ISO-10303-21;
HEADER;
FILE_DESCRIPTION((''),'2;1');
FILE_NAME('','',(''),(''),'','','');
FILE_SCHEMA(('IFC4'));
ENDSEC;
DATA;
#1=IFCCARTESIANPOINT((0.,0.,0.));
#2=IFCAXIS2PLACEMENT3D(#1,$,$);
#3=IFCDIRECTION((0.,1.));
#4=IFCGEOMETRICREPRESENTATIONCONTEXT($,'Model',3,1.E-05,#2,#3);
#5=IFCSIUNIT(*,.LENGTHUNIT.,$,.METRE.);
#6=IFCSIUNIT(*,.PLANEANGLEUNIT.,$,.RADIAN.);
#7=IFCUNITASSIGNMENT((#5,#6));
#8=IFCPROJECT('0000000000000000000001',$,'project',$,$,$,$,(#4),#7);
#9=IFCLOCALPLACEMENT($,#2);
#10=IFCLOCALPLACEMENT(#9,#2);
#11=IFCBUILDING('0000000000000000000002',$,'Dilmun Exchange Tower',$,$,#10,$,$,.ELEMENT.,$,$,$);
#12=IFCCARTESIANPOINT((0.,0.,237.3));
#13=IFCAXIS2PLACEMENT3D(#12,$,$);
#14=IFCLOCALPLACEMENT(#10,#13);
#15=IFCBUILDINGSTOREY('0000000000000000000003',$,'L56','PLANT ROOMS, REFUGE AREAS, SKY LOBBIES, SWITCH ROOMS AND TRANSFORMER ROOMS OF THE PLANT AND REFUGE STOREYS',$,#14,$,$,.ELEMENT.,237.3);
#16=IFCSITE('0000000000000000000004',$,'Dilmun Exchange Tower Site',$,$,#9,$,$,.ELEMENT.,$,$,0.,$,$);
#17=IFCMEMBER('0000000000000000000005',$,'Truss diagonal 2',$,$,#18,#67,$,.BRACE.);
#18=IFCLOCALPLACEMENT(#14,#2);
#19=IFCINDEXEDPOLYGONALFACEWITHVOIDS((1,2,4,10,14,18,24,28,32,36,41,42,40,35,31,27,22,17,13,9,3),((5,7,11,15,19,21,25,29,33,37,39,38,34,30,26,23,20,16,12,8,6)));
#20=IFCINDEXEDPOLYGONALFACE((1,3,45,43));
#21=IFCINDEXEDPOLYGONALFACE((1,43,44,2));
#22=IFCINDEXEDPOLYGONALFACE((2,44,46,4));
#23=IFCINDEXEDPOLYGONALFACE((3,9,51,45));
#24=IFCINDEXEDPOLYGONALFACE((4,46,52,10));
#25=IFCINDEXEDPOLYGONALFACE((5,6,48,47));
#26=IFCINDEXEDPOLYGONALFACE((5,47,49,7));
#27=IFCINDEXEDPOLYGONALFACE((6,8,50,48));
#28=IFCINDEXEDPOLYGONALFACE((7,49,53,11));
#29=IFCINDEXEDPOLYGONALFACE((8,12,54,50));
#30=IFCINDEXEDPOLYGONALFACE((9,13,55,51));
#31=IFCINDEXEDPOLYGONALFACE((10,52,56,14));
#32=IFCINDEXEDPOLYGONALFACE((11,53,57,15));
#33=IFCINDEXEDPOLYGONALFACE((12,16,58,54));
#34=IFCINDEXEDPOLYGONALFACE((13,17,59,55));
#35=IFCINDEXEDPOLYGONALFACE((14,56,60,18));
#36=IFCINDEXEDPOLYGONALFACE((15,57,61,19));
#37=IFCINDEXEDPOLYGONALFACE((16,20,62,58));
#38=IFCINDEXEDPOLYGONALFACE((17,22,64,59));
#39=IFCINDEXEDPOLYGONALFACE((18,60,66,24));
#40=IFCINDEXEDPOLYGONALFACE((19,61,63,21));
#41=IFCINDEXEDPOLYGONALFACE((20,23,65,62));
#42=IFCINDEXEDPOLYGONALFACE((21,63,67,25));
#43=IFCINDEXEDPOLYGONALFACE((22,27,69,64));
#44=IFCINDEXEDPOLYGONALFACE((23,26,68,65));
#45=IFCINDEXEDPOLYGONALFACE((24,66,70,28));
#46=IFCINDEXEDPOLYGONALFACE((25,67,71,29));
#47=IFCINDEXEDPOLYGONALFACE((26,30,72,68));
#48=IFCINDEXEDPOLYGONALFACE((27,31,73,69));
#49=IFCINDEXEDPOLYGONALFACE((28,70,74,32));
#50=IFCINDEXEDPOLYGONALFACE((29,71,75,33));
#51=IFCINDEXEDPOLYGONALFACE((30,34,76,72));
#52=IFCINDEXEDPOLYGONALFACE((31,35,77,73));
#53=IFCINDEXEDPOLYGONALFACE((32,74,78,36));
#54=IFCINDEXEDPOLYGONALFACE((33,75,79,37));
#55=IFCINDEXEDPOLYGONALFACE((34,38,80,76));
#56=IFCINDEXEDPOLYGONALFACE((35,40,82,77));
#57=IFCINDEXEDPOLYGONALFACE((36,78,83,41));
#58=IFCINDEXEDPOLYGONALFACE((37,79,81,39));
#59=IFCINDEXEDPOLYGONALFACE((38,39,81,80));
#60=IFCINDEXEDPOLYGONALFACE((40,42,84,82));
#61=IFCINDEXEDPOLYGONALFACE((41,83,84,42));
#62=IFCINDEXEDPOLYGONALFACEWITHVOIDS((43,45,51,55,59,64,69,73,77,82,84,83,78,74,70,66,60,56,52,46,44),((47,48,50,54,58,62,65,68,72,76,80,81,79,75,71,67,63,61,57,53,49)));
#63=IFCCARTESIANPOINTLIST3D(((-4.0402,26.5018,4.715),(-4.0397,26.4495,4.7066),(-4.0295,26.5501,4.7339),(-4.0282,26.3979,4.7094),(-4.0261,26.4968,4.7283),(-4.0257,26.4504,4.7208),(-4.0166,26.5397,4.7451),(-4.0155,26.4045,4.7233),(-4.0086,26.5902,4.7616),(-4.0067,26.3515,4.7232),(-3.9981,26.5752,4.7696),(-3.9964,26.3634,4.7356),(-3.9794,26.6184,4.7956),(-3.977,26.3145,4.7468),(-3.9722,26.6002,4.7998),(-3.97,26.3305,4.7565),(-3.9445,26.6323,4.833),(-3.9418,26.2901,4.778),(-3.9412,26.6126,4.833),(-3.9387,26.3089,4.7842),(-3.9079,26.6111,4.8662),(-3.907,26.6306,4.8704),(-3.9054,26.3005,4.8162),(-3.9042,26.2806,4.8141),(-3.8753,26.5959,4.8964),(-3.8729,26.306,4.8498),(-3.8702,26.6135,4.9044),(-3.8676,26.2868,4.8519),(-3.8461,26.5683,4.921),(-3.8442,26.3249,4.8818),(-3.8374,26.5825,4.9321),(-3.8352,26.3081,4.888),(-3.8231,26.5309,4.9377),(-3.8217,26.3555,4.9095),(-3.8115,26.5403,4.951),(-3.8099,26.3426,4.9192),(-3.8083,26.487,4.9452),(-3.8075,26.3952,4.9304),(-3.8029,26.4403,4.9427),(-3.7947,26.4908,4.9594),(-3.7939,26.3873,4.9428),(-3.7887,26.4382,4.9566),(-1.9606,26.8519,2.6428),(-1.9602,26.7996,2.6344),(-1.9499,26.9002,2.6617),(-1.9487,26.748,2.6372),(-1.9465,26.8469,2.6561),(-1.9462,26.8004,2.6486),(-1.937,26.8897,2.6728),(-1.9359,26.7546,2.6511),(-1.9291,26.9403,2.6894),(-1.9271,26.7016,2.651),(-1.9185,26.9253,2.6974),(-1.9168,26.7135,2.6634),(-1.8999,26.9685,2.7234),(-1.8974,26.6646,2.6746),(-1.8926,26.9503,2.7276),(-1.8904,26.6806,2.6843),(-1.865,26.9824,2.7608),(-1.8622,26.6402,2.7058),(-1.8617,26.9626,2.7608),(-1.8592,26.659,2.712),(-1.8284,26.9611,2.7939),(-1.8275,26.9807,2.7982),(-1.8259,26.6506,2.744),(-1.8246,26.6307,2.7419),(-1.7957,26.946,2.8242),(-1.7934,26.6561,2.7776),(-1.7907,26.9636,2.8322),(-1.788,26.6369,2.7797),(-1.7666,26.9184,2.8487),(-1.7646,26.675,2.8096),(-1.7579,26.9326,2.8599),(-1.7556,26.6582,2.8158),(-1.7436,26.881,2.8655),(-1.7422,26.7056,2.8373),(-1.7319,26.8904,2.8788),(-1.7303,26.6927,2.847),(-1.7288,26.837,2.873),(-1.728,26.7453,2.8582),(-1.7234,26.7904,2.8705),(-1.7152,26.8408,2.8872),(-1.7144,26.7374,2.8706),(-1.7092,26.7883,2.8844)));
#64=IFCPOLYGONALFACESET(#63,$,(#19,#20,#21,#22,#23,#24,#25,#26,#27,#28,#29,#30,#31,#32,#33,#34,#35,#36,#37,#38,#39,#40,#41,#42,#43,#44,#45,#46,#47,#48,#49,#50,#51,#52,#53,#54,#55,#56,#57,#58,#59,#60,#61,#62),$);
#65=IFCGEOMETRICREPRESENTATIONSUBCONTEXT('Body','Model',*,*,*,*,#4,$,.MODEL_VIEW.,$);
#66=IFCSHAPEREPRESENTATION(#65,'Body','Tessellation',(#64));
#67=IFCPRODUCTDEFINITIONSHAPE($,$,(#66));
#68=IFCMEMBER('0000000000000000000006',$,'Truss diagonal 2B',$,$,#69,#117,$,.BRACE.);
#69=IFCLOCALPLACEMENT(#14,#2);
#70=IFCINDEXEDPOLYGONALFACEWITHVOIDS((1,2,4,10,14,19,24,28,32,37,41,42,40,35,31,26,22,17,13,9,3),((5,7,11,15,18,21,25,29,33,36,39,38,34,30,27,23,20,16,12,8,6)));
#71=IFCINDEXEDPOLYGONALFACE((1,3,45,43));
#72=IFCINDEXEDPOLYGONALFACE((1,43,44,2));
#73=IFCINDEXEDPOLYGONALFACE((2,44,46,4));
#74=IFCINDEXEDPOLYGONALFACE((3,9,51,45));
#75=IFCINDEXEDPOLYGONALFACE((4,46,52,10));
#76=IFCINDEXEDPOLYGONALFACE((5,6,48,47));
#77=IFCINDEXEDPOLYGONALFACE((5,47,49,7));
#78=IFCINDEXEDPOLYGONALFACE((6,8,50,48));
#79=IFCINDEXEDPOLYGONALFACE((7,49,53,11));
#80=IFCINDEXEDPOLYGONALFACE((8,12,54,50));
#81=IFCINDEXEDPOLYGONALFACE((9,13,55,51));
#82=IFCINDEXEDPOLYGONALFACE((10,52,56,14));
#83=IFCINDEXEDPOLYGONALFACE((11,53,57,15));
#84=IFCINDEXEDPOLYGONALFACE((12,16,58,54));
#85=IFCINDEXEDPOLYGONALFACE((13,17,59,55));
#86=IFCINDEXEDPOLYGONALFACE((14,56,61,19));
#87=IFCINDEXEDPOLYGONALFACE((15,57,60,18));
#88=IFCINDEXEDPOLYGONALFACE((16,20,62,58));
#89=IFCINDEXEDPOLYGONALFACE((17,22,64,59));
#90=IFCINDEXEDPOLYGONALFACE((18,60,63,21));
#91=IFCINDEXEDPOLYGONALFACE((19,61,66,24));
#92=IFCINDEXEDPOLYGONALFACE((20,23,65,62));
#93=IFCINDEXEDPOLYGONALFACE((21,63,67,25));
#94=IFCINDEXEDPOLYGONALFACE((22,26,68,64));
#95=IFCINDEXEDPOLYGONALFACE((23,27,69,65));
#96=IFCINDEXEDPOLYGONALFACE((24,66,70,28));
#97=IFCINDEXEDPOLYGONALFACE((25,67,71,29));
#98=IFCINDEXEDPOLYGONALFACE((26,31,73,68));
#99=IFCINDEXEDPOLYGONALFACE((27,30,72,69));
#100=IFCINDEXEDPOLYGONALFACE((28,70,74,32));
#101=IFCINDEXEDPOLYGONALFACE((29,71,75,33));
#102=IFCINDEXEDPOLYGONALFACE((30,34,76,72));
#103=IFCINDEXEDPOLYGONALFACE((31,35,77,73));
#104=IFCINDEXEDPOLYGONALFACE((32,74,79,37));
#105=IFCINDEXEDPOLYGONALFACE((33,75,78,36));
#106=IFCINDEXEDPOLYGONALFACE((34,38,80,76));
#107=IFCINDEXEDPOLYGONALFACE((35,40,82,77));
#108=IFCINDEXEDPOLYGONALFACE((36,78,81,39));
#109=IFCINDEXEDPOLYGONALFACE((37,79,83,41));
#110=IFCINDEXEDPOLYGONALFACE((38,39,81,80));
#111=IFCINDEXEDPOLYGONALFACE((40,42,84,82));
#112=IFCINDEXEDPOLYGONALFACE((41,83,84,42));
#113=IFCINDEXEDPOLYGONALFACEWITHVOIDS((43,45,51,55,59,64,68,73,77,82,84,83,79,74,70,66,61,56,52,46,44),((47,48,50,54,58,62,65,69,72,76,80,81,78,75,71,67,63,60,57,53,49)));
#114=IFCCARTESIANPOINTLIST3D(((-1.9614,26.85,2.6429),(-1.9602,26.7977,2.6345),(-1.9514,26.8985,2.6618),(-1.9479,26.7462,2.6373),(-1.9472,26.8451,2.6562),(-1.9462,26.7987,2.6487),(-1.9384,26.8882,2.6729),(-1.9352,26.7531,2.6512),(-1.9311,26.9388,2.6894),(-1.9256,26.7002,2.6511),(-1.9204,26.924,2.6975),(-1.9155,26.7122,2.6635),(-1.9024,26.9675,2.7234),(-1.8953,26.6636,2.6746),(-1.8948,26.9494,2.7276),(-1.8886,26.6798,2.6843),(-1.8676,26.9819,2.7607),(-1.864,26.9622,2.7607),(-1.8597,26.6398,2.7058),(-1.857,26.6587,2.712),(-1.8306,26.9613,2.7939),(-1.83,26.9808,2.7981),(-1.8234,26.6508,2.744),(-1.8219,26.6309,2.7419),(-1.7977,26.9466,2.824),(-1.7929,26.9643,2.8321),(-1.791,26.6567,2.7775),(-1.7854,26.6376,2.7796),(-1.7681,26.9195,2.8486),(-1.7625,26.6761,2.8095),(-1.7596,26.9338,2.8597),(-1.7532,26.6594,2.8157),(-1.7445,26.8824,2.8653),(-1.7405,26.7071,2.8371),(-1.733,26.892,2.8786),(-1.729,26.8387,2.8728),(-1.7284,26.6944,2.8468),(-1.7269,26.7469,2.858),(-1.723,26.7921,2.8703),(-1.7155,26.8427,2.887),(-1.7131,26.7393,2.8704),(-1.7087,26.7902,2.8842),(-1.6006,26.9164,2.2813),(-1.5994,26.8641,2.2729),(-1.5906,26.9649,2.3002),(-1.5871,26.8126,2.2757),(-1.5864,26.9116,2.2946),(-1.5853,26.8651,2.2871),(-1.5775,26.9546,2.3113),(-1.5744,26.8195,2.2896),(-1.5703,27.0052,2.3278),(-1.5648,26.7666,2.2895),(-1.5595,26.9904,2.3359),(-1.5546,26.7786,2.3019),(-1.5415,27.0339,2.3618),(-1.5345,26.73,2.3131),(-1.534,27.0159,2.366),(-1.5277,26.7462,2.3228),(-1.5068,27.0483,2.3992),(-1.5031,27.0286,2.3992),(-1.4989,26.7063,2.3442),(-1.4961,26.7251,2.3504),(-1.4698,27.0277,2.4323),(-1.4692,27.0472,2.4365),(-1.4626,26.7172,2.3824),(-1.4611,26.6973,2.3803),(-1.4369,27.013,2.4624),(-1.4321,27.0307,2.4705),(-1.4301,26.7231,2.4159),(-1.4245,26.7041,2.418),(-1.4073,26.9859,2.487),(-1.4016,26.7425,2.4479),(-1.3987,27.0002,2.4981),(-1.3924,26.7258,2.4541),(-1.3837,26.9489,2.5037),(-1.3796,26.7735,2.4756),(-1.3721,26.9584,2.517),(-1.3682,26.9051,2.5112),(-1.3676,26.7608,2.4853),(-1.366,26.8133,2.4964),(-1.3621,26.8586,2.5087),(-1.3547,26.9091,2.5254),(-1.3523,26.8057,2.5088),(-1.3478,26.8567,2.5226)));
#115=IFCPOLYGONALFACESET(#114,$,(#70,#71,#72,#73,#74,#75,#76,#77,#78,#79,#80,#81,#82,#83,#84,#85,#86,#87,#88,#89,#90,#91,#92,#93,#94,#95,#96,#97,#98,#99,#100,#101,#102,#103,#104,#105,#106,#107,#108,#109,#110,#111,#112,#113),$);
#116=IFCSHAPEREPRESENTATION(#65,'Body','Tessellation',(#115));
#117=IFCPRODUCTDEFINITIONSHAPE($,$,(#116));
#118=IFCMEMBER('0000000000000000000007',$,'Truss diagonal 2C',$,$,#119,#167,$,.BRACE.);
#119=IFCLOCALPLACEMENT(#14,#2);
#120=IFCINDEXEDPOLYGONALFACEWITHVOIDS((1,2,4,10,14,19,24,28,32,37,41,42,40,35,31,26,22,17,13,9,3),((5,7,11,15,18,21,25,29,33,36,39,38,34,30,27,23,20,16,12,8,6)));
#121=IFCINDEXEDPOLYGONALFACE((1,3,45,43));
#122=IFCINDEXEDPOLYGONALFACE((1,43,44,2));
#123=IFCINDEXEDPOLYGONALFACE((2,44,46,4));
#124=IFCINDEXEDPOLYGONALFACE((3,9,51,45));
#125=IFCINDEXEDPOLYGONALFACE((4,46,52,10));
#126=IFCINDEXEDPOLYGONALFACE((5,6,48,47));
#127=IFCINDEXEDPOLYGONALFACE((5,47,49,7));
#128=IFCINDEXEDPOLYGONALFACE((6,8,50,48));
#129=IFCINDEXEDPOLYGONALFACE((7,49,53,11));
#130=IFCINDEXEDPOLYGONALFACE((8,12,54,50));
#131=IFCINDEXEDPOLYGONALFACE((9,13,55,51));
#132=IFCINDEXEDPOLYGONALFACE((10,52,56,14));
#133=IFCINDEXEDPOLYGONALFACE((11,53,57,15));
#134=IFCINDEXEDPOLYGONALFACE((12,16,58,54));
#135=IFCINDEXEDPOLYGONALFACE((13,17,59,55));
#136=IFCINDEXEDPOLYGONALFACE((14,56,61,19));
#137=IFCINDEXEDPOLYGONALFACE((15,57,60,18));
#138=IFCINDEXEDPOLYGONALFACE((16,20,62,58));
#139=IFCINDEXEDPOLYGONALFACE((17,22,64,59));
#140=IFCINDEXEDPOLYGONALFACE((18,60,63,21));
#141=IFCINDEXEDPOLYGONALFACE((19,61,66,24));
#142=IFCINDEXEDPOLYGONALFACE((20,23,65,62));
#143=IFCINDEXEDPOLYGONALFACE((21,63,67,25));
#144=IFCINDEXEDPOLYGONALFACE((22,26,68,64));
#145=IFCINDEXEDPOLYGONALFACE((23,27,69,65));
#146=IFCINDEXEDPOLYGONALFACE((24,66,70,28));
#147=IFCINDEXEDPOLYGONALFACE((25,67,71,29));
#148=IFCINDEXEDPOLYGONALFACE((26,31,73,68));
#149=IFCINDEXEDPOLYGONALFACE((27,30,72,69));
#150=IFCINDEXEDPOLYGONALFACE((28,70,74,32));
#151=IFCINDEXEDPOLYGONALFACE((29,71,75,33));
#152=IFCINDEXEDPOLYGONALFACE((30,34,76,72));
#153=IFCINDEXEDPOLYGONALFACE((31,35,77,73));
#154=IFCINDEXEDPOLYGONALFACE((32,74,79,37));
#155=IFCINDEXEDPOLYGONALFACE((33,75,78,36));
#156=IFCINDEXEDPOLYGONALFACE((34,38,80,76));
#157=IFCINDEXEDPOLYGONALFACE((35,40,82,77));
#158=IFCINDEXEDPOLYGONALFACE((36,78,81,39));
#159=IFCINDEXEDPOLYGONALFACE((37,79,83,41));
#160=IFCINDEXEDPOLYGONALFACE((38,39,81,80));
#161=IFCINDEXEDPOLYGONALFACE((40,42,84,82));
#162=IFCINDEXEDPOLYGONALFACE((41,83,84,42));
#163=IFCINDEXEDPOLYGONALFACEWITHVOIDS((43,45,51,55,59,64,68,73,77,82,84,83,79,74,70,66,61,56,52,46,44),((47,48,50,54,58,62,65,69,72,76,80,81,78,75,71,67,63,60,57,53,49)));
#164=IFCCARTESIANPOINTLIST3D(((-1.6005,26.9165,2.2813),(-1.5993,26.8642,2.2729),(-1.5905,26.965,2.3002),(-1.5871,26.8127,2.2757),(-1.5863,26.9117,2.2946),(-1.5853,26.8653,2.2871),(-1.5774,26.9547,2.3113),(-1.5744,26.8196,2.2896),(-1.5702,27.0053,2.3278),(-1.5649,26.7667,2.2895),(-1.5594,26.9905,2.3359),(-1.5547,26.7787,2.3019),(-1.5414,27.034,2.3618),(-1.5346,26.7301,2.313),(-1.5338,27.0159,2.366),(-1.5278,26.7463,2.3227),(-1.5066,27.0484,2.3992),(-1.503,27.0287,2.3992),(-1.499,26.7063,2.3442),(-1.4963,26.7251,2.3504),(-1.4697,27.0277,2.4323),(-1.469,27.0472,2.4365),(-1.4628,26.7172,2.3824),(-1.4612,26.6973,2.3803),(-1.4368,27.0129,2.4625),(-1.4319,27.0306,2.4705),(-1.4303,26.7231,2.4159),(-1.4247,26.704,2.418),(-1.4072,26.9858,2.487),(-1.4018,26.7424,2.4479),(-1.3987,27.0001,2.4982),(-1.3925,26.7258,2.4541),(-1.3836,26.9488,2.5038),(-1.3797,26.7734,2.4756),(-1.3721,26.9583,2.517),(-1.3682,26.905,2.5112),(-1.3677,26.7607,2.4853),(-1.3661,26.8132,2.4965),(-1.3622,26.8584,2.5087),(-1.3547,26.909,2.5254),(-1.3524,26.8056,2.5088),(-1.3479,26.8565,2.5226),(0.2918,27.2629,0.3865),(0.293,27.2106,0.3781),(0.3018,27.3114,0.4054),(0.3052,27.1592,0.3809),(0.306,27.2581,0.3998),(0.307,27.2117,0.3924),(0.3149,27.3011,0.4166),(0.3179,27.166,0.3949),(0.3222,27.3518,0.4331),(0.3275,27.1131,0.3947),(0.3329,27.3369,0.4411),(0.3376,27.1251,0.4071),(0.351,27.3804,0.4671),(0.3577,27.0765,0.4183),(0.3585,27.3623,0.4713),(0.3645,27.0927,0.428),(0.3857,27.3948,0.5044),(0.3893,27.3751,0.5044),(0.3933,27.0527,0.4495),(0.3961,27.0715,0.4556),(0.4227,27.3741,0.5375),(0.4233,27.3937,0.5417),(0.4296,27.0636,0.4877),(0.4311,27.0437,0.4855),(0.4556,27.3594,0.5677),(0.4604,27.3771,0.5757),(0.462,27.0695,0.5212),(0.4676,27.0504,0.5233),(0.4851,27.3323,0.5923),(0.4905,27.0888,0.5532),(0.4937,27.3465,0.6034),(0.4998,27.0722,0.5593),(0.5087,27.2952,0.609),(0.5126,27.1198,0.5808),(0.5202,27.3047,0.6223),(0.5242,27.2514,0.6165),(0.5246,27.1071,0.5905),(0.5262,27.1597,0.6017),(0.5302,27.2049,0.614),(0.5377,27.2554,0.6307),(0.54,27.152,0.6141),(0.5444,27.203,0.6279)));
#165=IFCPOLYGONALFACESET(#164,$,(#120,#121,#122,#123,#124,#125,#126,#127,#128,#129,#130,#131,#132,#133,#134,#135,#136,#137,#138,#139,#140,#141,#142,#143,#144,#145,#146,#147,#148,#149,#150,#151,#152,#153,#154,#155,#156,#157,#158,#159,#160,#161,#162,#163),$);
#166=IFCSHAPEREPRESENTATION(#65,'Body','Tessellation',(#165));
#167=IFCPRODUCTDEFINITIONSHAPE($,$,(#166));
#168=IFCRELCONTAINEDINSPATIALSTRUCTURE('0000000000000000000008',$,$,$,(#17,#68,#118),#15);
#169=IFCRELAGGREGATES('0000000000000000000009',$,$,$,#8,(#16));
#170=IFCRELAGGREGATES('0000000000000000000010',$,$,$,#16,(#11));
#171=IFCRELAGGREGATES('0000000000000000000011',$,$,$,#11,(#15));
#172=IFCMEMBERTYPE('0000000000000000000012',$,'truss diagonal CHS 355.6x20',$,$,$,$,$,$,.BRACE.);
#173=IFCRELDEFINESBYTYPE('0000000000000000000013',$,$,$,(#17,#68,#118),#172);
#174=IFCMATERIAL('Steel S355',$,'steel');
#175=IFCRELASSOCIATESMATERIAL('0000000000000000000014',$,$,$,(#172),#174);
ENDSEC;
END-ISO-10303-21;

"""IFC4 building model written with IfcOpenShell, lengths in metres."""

from ifc_helpers import new_model, si_unit, direction, frame, origin, origin_2d, place, context, subcontext, project, spatial, hollow_circle, extrude, material, material_profile, profile_set, type_object, element, save


model = new_model("IFC4")

# Units and contexts
model_context = context("Model", 3, precision=1e-05, world=origin(), true_north=direction((0.0, 1.0)))
body_context = subcontext(model_context, "Body", "Model", "MODEL_VIEW")
ifc_project = project(units=[si_unit("LENGTHUNIT", "METRE"), si_unit("PLANEANGLEUNIT", "RADIAN")], contexts=[model_context])

# Site, building, storey
site_placement = place(None, origin())
site = spatial("IfcSite", under=ifc_project, at=site_placement, Name="Dilmun Exchange Tower Site", CompositionType="ELEMENT", RefElevation=0.0)
building_placement = place(site_placement, origin())
building = spatial("IfcBuilding", under=site, at=building_placement, Name="Dilmun Exchange Tower", CompositionType="ELEMENT")
storey_placement = place(building_placement, frame((0.0, 0.0, 237.3)))
storey = spatial("IfcBuildingStorey", under=building, at=storey_placement, Name="L56", Description="PLANT ROOMS, REFUGE AREAS, SKY LOBBIES, SWITCH ROOMS AND TRANSFORMER ROOMS OF THE PLANT AND REFUGE STOREYS", CompositionType="ELEMENT", Elevation=237.3)

# Shared definitions
ifc_material_1 = material(Name="Steel S355", Category="steel")

# Members
ifc_material_profile_1 = material_profile(ifc_material_1, hollow_circle(Radius=0.1777, WallThickness=0.02, at=origin_2d()), Name="CHS 355.6x20")
ifc_profile_set_1 = profile_set([ifc_material_profile_1], Name="Steel S355")
member_type_1 = type_object("IfcMemberType", Name="truss diagonal CHS 355.6x20", PredefinedType="BRACE", material=ifc_profile_set_1)
member_1_placement = place(storey_placement, frame((-3.915, 26.457, 4.833), z_axis=(0.70337, 0.118412, -0.700892), x_axis=(-0.166013, 0.986124, 0.0)))
element("IfcMember", 1, at=member_1_placement, inside=storey, type_object=member_type_1, Name="Truss diagonal 2", PredefinedType="BRACE", context=body_context, shape_type="SweptSolid", body=[
    extrude(hollow_circle(Radius=0.1777, WallThickness=0.02, at=origin_2d()), origin(), (0.0, 0.0, 1.0), 2.9565),
])
member_2_placement = place(storey_placement, frame((-1.8354, 26.8071, 2.7607), z_axis=(0.700495, 0.128914, -0.701917), x_axis=(-0.180993, 0.983484, 0.0)))
element("IfcMember", 2, at=member_2_placement, inside=storey, type_object=member_type_1, Name="Truss diagonal 2B", PredefinedType="BRACE", context=body_context, shape_type="SweptSolid", body=[
    extrude(hollow_circle(Radius=0.1777, WallThickness=0.02, at=origin_2d()), origin(), (0.0, 0.0, 1.0), 0.5151),
])
member_3_placement = place(storey_placement, frame((-1.4746, 26.8735, 2.3992), z_axis=(0.700811, 0.1283, -0.701715), x_axis=(-0.18008, 0.983652, 0.0)))
element("IfcMember", 3, at=member_3_placement, inside=storey, type_object=member_type_1, Name="Truss diagonal 2C", PredefinedType="BRACE", context=body_context, shape_type="SweptSolid", body=[
    extrude(hollow_circle(Radius=0.1777, WallThickness=0.02, at=origin_2d()), origin(), (0.0, 0.0, 1.0), 2.7002),
])

save(model, "model.ifc")
